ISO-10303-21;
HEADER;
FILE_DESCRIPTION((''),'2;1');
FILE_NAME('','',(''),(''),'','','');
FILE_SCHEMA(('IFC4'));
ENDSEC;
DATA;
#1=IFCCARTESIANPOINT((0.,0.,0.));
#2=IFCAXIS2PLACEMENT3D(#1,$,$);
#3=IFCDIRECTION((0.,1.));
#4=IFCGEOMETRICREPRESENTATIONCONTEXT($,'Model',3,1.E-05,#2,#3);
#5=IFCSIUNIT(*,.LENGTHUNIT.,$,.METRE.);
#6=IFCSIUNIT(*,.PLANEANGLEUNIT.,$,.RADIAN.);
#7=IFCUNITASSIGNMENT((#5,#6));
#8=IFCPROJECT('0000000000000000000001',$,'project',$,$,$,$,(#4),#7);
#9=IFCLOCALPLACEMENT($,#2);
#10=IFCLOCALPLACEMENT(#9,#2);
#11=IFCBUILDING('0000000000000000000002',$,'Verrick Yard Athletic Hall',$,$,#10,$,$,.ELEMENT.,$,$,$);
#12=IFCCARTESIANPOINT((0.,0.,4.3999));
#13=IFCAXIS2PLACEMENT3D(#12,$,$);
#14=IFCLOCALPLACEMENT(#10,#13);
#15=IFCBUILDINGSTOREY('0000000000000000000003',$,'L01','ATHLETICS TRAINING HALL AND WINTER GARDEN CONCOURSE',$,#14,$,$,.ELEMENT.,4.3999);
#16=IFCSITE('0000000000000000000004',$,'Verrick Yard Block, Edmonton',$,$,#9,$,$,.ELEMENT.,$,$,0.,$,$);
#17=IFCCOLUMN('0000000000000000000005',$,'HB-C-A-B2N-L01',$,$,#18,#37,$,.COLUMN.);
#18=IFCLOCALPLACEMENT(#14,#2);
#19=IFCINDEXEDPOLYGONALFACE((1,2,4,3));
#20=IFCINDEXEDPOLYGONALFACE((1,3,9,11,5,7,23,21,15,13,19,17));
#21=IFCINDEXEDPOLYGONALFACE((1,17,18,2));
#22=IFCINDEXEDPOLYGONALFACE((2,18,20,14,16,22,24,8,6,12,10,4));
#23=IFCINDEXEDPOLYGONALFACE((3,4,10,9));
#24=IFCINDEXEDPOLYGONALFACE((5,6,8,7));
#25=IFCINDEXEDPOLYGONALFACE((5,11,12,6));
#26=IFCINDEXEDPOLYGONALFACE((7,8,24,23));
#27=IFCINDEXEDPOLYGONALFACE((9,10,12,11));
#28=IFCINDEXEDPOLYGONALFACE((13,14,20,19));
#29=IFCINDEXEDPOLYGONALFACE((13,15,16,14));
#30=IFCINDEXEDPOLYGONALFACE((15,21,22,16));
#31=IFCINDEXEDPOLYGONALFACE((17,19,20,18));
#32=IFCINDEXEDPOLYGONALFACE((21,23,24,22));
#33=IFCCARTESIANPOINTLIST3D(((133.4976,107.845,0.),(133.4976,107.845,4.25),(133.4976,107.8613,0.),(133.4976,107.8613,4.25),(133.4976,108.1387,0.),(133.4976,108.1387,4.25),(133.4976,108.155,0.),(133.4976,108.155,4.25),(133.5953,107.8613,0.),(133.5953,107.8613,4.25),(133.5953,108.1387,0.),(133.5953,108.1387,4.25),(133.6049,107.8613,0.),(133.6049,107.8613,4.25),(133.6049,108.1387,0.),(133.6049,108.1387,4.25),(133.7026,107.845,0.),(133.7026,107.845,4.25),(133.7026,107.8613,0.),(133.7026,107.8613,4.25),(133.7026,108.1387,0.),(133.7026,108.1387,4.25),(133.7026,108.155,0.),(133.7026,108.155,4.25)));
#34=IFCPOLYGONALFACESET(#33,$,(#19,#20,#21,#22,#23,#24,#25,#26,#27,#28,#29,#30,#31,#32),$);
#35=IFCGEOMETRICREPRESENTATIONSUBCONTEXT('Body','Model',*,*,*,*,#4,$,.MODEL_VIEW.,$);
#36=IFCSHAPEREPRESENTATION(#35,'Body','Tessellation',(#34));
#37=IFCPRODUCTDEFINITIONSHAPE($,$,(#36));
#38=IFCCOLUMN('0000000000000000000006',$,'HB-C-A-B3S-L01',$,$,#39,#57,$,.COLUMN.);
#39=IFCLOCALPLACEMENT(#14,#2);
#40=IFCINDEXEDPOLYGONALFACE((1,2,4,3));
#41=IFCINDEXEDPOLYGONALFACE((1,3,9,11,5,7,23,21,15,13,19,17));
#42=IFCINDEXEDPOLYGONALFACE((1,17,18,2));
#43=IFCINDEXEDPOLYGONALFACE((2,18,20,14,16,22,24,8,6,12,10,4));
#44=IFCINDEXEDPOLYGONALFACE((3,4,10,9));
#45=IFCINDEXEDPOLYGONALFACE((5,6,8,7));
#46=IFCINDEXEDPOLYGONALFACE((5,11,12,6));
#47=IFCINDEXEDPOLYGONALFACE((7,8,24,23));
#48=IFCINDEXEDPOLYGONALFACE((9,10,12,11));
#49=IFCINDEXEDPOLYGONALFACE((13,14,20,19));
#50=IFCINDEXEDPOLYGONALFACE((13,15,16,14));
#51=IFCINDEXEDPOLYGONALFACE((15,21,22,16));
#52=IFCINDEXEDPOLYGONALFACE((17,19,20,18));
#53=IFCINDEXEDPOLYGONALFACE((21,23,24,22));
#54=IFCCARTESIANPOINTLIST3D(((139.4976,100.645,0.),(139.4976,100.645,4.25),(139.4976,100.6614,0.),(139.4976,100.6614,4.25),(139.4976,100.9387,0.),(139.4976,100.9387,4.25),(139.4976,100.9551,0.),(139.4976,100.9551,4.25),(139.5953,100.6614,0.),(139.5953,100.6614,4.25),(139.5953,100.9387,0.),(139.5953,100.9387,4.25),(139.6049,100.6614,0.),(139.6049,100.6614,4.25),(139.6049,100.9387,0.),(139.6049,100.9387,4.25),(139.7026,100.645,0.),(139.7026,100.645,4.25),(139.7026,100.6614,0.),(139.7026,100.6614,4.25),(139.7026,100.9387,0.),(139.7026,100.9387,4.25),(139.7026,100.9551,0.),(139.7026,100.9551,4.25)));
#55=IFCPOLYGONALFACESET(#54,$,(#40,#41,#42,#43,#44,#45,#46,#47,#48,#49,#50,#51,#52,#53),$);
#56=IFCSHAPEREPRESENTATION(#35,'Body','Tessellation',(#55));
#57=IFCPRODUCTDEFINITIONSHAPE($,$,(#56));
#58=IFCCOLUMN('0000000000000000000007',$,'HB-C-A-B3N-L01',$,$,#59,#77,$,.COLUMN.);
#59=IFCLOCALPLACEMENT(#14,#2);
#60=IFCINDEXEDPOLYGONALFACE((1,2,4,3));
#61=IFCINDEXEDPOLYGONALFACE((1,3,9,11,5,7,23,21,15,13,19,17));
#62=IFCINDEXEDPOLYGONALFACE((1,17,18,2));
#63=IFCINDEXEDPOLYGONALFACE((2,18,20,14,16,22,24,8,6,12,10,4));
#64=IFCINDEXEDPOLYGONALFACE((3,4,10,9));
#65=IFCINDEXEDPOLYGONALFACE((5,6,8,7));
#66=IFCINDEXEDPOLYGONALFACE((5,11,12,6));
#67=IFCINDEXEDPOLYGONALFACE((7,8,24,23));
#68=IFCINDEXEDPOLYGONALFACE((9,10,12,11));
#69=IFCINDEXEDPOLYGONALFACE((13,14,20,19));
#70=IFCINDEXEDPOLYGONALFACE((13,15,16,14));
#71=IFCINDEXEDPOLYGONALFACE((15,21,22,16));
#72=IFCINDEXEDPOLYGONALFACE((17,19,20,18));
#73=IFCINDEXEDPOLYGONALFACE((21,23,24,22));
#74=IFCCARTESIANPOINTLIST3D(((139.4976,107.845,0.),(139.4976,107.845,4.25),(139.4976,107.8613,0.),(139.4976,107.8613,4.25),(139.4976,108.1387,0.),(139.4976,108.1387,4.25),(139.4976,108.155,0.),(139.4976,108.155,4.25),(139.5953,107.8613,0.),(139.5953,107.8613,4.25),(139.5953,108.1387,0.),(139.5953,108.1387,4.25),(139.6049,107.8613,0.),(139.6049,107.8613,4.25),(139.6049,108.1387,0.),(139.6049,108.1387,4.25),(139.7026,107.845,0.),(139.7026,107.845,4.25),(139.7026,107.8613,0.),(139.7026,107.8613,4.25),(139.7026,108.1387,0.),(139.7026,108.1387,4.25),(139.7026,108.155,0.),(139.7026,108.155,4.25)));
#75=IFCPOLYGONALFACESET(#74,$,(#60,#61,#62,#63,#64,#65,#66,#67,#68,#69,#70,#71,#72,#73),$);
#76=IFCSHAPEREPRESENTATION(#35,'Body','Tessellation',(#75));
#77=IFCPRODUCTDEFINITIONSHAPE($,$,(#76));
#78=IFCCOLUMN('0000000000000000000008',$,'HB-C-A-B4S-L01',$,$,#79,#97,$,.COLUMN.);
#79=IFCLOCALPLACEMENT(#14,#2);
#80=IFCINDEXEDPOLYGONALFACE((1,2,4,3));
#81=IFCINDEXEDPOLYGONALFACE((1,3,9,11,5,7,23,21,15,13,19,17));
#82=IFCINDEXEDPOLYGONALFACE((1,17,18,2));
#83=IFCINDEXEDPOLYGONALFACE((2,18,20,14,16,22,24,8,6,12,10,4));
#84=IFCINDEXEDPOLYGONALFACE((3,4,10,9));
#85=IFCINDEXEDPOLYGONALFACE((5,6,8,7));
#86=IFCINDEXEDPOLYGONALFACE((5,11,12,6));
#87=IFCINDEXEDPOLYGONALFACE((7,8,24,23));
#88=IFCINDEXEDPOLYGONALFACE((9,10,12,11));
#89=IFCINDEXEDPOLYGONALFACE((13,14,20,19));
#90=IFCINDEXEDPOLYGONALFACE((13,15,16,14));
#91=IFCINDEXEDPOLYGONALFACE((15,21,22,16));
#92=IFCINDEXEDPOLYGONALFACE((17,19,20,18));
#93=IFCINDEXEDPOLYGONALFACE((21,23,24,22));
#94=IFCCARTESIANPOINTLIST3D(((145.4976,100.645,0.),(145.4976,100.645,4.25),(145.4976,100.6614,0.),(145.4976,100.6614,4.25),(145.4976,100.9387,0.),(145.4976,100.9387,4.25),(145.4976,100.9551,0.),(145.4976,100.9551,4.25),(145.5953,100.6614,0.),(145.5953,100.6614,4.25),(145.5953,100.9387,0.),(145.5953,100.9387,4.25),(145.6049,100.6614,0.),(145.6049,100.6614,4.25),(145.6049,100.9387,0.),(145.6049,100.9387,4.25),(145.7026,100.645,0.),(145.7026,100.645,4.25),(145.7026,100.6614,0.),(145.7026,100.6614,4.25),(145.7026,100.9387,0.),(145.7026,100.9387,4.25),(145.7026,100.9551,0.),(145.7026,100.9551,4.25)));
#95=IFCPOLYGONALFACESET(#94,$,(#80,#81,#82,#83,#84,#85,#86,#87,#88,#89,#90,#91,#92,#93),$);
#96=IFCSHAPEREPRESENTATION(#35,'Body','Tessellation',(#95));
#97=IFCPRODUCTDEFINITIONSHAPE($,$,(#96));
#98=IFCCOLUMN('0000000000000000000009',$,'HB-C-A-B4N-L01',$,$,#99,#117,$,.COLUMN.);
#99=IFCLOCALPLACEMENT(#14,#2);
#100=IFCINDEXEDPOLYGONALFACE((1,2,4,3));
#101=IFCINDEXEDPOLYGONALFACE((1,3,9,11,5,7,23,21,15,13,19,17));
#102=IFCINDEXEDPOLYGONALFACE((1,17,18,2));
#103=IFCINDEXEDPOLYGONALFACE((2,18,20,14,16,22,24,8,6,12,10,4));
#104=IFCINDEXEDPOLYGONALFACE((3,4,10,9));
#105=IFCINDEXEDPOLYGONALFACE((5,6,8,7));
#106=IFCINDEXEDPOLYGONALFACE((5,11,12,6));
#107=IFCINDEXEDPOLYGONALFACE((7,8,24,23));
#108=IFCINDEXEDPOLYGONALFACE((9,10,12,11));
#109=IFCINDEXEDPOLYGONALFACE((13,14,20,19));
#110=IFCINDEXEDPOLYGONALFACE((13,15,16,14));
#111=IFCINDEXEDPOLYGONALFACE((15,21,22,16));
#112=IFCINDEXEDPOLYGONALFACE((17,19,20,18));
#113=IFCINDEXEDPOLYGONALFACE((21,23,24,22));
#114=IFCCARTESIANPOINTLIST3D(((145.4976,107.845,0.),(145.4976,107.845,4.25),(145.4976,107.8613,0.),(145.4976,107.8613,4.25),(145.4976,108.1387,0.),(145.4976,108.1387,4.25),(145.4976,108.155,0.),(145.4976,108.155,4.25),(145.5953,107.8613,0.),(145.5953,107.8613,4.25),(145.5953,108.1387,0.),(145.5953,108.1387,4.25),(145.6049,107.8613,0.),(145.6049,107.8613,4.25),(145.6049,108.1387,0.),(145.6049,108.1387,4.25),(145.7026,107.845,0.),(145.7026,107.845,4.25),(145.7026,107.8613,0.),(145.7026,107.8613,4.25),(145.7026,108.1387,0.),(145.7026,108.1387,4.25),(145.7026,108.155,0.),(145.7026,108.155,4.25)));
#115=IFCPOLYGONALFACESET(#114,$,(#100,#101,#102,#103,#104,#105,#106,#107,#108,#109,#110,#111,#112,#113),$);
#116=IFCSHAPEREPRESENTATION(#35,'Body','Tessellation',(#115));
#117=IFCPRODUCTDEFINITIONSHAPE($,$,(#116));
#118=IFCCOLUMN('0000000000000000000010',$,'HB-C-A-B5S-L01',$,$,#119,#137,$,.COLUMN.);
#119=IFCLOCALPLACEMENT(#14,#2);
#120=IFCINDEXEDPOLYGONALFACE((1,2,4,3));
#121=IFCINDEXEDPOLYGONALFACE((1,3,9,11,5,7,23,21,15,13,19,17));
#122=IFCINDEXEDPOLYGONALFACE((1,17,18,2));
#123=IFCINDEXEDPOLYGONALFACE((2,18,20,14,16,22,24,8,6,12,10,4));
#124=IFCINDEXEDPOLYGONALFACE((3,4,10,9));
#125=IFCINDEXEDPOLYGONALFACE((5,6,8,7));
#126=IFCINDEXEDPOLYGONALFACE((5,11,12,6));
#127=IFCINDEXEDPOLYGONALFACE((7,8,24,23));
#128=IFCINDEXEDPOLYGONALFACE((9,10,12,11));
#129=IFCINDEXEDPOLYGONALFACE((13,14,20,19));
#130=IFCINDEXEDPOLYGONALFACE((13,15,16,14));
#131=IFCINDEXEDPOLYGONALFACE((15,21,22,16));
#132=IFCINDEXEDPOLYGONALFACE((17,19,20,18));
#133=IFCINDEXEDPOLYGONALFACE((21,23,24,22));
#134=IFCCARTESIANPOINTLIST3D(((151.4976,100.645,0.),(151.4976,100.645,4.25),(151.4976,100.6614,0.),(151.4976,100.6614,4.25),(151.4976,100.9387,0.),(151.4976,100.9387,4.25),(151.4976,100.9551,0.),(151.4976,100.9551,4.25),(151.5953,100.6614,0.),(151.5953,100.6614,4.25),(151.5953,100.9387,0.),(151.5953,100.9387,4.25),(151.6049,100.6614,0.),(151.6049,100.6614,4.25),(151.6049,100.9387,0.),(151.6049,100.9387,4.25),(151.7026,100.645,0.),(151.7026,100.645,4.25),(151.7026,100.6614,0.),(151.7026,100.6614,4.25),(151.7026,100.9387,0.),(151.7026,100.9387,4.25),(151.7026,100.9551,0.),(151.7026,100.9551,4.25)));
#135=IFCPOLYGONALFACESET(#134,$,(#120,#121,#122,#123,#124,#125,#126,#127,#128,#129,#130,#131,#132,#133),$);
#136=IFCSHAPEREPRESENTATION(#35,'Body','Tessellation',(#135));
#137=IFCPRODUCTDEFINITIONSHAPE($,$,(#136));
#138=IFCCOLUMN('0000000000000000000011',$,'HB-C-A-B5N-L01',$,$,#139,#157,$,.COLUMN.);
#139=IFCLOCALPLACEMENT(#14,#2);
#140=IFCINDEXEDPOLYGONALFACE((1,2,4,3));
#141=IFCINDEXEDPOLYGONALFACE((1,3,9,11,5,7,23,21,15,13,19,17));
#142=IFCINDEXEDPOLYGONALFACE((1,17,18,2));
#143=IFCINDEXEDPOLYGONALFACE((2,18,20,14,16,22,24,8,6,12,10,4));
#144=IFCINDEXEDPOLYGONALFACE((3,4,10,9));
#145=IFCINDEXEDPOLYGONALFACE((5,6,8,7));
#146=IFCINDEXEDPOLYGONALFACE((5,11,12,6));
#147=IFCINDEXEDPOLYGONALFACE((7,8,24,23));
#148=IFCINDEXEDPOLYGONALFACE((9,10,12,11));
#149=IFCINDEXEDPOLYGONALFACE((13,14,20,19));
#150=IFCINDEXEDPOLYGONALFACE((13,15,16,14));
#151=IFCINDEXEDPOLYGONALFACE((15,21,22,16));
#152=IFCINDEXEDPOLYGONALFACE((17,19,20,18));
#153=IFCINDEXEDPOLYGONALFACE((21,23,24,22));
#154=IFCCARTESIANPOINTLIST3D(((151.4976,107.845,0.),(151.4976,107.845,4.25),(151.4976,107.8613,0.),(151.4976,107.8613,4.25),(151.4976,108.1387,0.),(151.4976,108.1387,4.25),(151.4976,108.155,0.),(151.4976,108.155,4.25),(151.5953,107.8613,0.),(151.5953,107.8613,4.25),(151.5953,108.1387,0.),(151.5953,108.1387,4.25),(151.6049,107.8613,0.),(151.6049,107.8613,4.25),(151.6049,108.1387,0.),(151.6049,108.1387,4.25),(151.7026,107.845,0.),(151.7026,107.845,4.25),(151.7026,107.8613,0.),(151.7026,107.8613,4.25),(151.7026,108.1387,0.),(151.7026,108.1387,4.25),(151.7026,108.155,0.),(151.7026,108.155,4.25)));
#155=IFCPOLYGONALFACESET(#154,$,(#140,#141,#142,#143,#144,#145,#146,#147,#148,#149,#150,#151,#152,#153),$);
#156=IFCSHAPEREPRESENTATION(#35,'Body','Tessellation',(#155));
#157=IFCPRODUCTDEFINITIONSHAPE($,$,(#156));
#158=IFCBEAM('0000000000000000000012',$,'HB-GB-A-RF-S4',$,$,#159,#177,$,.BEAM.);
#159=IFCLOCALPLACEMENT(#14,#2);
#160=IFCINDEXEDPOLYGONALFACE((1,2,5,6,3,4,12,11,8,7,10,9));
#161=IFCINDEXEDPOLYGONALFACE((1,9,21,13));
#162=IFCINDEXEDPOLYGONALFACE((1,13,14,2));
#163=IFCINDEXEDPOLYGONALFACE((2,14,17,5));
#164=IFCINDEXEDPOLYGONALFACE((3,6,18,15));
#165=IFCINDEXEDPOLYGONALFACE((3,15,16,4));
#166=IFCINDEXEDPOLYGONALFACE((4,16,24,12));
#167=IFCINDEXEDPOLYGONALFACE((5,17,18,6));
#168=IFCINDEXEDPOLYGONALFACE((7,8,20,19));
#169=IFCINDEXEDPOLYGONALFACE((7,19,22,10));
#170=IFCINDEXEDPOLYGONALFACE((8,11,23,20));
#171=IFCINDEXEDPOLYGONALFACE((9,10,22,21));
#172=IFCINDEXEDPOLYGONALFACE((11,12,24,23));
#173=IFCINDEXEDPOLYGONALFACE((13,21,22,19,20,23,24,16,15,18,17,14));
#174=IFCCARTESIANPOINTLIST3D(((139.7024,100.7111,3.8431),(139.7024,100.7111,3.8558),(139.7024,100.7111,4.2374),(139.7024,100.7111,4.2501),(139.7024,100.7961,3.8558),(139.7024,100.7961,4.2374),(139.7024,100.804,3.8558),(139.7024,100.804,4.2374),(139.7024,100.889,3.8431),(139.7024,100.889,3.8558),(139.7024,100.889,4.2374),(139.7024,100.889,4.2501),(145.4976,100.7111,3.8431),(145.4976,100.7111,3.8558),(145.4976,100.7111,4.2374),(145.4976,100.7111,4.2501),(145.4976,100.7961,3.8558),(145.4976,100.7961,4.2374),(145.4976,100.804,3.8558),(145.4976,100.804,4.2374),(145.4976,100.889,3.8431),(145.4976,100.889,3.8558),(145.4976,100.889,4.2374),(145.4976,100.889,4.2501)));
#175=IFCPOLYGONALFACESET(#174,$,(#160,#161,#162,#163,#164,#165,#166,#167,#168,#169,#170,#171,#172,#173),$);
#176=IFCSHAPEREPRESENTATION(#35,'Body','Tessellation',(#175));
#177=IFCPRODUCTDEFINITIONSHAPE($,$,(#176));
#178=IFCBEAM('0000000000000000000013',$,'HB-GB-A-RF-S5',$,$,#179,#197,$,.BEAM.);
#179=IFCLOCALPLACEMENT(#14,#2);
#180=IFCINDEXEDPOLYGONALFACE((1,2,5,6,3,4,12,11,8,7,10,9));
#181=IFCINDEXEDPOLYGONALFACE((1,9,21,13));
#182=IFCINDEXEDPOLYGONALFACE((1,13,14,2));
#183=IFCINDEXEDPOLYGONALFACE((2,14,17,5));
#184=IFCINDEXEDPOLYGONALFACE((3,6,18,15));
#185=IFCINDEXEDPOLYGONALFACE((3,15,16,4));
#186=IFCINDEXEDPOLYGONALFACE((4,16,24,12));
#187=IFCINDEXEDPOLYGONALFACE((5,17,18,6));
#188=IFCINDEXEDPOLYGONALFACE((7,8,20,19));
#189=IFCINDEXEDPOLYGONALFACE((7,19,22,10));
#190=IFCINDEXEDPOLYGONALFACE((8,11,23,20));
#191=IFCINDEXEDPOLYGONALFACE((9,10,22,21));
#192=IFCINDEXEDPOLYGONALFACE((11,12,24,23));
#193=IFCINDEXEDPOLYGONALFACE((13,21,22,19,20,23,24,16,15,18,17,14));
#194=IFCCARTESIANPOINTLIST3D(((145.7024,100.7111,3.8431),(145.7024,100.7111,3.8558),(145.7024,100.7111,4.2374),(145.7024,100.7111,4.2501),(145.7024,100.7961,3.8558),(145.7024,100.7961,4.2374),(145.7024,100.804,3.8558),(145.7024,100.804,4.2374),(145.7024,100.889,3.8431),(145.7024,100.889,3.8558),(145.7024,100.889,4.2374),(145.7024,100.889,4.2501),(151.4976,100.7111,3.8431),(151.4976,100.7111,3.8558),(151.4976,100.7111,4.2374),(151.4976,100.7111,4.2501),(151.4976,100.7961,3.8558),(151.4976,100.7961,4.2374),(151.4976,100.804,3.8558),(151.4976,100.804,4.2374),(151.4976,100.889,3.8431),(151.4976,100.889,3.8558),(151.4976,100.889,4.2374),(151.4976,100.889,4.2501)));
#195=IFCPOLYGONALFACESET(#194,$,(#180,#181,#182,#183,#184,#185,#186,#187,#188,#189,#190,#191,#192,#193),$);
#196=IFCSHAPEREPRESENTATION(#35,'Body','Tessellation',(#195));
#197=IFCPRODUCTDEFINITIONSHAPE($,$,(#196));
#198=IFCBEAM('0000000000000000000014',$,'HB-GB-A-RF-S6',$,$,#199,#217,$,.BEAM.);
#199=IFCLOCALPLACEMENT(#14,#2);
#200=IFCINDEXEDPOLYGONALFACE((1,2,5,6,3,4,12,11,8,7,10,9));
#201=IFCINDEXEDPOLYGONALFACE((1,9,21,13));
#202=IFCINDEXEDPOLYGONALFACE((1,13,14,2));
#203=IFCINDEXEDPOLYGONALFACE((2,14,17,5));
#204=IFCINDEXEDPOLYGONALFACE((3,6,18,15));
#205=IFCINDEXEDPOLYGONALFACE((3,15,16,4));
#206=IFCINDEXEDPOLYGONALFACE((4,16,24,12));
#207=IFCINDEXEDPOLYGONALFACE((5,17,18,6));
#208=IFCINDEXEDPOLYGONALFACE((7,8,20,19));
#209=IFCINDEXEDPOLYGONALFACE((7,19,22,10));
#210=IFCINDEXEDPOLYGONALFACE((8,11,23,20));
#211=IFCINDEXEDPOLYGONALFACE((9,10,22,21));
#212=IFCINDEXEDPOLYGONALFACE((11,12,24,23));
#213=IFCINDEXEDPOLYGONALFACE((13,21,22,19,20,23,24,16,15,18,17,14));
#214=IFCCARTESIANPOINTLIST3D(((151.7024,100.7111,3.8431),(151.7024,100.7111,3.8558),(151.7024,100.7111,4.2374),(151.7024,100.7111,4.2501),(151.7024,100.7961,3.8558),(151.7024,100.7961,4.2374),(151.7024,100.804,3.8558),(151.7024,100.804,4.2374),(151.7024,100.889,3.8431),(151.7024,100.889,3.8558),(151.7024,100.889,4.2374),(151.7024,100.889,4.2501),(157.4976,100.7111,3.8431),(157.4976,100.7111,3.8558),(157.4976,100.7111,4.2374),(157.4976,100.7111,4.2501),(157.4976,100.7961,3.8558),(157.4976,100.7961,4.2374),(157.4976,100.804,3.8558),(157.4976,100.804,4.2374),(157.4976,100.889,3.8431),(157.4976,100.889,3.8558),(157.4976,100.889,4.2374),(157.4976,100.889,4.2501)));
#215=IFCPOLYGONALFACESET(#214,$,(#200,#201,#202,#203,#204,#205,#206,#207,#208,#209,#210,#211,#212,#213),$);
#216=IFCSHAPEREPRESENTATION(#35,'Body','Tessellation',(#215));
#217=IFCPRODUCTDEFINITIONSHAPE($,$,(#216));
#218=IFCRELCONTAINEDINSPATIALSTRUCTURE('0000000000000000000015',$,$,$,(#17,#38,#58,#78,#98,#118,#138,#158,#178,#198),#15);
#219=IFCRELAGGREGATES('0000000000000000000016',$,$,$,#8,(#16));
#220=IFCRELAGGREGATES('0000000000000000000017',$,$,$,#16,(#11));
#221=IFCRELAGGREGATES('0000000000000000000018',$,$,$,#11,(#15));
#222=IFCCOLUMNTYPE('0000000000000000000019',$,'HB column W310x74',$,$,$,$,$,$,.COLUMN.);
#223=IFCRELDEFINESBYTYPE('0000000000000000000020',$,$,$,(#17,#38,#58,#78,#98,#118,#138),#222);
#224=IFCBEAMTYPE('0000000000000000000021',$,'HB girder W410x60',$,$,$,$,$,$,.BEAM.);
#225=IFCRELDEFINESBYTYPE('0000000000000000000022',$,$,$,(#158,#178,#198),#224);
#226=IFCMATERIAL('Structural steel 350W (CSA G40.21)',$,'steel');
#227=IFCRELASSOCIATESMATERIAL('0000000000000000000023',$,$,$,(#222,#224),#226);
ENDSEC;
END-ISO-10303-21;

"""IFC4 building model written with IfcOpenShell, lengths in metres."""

from ifc_helpers import new_model, si_unit, direction, frame, origin, origin_2d, place, context, subcontext, project, spatial, i_section, extrude, material, material_profile, profile_set, type_object, element, save


model = new_model("IFC4")

# Units and contexts
model_context = context("Model", 3, precision=1e-05, world=origin(), true_north=direction((0.0, 1.0)))
body_context = subcontext(model_context, "Body", "Model", "MODEL_VIEW")
ifc_project = project(units=[si_unit("LENGTHUNIT", "METRE"), si_unit("PLANEANGLEUNIT", "RADIAN")], contexts=[model_context])

# Site, building, storey
site_placement = place(None, origin())
site = spatial("IfcSite", under=ifc_project, at=site_placement, Name="Verrick Yard Block, Edmonton", CompositionType="ELEMENT", RefElevation=0.0)
building_placement = place(site_placement, origin())
building = spatial("IfcBuilding", under=site, at=building_placement, Name="Verrick Yard Athletic Hall", CompositionType="ELEMENT")
storey_placement = place(building_placement, frame((0.0, 0.0, 4.3999)))
storey = spatial("IfcBuildingStorey", under=building, at=storey_placement, Name="L01", Description="ATHLETICS TRAINING HALL AND WINTER GARDEN CONCOURSE", CompositionType="ELEMENT", Elevation=4.3999)

# Columns
ifc_material_1 = material(Name="Structural steel 350W (CSA G40.21)", Category="steel")
ifc_material_profile_1 = material_profile(ifc_material_1, i_section(OverallWidth=0.2051, OverallDepth=0.3101, WebThickness=0.0095, FlangeThickness=0.0164, at=origin_2d()), Name="W310x74")
ifc_profile_set_1 = profile_set([ifc_material_profile_1], Name="Structural steel 350W (CSA G40.21)")
column_type = type_object("IfcColumnType", Name="HB column W310x74", PredefinedType="COLUMN", material=ifc_profile_set_1)
for number, where, z_axis, x_axis, name in (
    (1, (133.6001, 108.0, 0.0), (0.0, 0.0, 1.0), (1.0, 0.0, 0.0), "HB-C-A-B2N-L01"),
    (2, (139.6001, 100.8, 0.0), (0.0, 0.0, 1.0), (1.0, 0.0, 0.0), "HB-C-A-B3S-L01"),
    (3, (139.6001, 108.0, 0.0), (0.0, 0.0, 1.0), (1.0, 0.0, 0.0), "HB-C-A-B3N-L01"),
    (4, (145.6001, 100.8, 0.0), (0.0, 0.0, 1.0), (1.0, 0.0, 0.0), "HB-C-A-B4S-L01"),
    (5, (145.6001, 108.0, 0.0), (0.0, 0.0, 1.0), (1.0, 0.0, 0.0), "HB-C-A-B4N-L01"),
    (6, (151.6001, 100.8, 0.0), (0.0, 0.0, 1.0), (1.0, 0.0, 0.0), "HB-C-A-B5S-L01"),
    (7, (151.6001, 108.0, 0.0), (0.0, 0.0, 1.0), (1.0, 0.0, 0.0), "HB-C-A-B5N-L01"),
):
    element("IfcColumn", number, at=place(storey_placement, frame(where, z_axis=z_axis, x_axis=x_axis)), inside=storey, type_object=column_type, Name=name, PredefinedType="COLUMN", context=body_context, shape_type="SweptSolid", body=[
        extrude(i_section(OverallWidth=0.2051, OverallDepth=0.3101, WebThickness=0.0095, FlangeThickness=0.0164, at=origin_2d()), origin(), (0.0, 0.0, 1.0), 4.25),
    ])

# Beams
ifc_material_profile_2 = material_profile(ifc_material_1, i_section(OverallWidth=0.178, OverallDepth=0.407, WebThickness=0.0078, FlangeThickness=0.0127, at=origin_2d()), Name="W410x60")
ifc_profile_set_2 = profile_set([ifc_material_profile_2], Name="Structural steel 350W (CSA G40.21)")
beam_type_1 = type_object("IfcBeamType", Name="HB girder W410x60", PredefinedType="BEAM", material=ifc_profile_set_2)
for number, where, z_axis, x_axis, name in (
    (8, (139.7024, 100.8, 4.0466), (1.0, 0.0, 0.0), (0.0, 1.0, 0.0), "HB-GB-A-RF-S4"),
    (9, (145.7024, 100.8, 4.0466), (1.0, 0.0, 0.0), (0.0, 1.0, 0.0), "HB-GB-A-RF-S5"),
    (10, (151.7024, 100.8, 4.0466), (1.0, 0.0, 0.0), (0.0, 1.0, 0.0), "HB-GB-A-RF-S6"),
):
    element("IfcBeam", number, at=place(storey_placement, frame(where, z_axis=z_axis, x_axis=x_axis)), inside=storey, type_object=beam_type_1, Name=name, PredefinedType="BEAM", context=body_context, shape_type="SweptSolid", body=[
        extrude(i_section(OverallWidth=0.178, OverallDepth=0.407, WebThickness=0.0078, FlangeThickness=0.0127, at=origin_2d()), origin(), (0.0, 0.0, 1.0), 5.7952),
    ])

save(model, "model.ifc")
